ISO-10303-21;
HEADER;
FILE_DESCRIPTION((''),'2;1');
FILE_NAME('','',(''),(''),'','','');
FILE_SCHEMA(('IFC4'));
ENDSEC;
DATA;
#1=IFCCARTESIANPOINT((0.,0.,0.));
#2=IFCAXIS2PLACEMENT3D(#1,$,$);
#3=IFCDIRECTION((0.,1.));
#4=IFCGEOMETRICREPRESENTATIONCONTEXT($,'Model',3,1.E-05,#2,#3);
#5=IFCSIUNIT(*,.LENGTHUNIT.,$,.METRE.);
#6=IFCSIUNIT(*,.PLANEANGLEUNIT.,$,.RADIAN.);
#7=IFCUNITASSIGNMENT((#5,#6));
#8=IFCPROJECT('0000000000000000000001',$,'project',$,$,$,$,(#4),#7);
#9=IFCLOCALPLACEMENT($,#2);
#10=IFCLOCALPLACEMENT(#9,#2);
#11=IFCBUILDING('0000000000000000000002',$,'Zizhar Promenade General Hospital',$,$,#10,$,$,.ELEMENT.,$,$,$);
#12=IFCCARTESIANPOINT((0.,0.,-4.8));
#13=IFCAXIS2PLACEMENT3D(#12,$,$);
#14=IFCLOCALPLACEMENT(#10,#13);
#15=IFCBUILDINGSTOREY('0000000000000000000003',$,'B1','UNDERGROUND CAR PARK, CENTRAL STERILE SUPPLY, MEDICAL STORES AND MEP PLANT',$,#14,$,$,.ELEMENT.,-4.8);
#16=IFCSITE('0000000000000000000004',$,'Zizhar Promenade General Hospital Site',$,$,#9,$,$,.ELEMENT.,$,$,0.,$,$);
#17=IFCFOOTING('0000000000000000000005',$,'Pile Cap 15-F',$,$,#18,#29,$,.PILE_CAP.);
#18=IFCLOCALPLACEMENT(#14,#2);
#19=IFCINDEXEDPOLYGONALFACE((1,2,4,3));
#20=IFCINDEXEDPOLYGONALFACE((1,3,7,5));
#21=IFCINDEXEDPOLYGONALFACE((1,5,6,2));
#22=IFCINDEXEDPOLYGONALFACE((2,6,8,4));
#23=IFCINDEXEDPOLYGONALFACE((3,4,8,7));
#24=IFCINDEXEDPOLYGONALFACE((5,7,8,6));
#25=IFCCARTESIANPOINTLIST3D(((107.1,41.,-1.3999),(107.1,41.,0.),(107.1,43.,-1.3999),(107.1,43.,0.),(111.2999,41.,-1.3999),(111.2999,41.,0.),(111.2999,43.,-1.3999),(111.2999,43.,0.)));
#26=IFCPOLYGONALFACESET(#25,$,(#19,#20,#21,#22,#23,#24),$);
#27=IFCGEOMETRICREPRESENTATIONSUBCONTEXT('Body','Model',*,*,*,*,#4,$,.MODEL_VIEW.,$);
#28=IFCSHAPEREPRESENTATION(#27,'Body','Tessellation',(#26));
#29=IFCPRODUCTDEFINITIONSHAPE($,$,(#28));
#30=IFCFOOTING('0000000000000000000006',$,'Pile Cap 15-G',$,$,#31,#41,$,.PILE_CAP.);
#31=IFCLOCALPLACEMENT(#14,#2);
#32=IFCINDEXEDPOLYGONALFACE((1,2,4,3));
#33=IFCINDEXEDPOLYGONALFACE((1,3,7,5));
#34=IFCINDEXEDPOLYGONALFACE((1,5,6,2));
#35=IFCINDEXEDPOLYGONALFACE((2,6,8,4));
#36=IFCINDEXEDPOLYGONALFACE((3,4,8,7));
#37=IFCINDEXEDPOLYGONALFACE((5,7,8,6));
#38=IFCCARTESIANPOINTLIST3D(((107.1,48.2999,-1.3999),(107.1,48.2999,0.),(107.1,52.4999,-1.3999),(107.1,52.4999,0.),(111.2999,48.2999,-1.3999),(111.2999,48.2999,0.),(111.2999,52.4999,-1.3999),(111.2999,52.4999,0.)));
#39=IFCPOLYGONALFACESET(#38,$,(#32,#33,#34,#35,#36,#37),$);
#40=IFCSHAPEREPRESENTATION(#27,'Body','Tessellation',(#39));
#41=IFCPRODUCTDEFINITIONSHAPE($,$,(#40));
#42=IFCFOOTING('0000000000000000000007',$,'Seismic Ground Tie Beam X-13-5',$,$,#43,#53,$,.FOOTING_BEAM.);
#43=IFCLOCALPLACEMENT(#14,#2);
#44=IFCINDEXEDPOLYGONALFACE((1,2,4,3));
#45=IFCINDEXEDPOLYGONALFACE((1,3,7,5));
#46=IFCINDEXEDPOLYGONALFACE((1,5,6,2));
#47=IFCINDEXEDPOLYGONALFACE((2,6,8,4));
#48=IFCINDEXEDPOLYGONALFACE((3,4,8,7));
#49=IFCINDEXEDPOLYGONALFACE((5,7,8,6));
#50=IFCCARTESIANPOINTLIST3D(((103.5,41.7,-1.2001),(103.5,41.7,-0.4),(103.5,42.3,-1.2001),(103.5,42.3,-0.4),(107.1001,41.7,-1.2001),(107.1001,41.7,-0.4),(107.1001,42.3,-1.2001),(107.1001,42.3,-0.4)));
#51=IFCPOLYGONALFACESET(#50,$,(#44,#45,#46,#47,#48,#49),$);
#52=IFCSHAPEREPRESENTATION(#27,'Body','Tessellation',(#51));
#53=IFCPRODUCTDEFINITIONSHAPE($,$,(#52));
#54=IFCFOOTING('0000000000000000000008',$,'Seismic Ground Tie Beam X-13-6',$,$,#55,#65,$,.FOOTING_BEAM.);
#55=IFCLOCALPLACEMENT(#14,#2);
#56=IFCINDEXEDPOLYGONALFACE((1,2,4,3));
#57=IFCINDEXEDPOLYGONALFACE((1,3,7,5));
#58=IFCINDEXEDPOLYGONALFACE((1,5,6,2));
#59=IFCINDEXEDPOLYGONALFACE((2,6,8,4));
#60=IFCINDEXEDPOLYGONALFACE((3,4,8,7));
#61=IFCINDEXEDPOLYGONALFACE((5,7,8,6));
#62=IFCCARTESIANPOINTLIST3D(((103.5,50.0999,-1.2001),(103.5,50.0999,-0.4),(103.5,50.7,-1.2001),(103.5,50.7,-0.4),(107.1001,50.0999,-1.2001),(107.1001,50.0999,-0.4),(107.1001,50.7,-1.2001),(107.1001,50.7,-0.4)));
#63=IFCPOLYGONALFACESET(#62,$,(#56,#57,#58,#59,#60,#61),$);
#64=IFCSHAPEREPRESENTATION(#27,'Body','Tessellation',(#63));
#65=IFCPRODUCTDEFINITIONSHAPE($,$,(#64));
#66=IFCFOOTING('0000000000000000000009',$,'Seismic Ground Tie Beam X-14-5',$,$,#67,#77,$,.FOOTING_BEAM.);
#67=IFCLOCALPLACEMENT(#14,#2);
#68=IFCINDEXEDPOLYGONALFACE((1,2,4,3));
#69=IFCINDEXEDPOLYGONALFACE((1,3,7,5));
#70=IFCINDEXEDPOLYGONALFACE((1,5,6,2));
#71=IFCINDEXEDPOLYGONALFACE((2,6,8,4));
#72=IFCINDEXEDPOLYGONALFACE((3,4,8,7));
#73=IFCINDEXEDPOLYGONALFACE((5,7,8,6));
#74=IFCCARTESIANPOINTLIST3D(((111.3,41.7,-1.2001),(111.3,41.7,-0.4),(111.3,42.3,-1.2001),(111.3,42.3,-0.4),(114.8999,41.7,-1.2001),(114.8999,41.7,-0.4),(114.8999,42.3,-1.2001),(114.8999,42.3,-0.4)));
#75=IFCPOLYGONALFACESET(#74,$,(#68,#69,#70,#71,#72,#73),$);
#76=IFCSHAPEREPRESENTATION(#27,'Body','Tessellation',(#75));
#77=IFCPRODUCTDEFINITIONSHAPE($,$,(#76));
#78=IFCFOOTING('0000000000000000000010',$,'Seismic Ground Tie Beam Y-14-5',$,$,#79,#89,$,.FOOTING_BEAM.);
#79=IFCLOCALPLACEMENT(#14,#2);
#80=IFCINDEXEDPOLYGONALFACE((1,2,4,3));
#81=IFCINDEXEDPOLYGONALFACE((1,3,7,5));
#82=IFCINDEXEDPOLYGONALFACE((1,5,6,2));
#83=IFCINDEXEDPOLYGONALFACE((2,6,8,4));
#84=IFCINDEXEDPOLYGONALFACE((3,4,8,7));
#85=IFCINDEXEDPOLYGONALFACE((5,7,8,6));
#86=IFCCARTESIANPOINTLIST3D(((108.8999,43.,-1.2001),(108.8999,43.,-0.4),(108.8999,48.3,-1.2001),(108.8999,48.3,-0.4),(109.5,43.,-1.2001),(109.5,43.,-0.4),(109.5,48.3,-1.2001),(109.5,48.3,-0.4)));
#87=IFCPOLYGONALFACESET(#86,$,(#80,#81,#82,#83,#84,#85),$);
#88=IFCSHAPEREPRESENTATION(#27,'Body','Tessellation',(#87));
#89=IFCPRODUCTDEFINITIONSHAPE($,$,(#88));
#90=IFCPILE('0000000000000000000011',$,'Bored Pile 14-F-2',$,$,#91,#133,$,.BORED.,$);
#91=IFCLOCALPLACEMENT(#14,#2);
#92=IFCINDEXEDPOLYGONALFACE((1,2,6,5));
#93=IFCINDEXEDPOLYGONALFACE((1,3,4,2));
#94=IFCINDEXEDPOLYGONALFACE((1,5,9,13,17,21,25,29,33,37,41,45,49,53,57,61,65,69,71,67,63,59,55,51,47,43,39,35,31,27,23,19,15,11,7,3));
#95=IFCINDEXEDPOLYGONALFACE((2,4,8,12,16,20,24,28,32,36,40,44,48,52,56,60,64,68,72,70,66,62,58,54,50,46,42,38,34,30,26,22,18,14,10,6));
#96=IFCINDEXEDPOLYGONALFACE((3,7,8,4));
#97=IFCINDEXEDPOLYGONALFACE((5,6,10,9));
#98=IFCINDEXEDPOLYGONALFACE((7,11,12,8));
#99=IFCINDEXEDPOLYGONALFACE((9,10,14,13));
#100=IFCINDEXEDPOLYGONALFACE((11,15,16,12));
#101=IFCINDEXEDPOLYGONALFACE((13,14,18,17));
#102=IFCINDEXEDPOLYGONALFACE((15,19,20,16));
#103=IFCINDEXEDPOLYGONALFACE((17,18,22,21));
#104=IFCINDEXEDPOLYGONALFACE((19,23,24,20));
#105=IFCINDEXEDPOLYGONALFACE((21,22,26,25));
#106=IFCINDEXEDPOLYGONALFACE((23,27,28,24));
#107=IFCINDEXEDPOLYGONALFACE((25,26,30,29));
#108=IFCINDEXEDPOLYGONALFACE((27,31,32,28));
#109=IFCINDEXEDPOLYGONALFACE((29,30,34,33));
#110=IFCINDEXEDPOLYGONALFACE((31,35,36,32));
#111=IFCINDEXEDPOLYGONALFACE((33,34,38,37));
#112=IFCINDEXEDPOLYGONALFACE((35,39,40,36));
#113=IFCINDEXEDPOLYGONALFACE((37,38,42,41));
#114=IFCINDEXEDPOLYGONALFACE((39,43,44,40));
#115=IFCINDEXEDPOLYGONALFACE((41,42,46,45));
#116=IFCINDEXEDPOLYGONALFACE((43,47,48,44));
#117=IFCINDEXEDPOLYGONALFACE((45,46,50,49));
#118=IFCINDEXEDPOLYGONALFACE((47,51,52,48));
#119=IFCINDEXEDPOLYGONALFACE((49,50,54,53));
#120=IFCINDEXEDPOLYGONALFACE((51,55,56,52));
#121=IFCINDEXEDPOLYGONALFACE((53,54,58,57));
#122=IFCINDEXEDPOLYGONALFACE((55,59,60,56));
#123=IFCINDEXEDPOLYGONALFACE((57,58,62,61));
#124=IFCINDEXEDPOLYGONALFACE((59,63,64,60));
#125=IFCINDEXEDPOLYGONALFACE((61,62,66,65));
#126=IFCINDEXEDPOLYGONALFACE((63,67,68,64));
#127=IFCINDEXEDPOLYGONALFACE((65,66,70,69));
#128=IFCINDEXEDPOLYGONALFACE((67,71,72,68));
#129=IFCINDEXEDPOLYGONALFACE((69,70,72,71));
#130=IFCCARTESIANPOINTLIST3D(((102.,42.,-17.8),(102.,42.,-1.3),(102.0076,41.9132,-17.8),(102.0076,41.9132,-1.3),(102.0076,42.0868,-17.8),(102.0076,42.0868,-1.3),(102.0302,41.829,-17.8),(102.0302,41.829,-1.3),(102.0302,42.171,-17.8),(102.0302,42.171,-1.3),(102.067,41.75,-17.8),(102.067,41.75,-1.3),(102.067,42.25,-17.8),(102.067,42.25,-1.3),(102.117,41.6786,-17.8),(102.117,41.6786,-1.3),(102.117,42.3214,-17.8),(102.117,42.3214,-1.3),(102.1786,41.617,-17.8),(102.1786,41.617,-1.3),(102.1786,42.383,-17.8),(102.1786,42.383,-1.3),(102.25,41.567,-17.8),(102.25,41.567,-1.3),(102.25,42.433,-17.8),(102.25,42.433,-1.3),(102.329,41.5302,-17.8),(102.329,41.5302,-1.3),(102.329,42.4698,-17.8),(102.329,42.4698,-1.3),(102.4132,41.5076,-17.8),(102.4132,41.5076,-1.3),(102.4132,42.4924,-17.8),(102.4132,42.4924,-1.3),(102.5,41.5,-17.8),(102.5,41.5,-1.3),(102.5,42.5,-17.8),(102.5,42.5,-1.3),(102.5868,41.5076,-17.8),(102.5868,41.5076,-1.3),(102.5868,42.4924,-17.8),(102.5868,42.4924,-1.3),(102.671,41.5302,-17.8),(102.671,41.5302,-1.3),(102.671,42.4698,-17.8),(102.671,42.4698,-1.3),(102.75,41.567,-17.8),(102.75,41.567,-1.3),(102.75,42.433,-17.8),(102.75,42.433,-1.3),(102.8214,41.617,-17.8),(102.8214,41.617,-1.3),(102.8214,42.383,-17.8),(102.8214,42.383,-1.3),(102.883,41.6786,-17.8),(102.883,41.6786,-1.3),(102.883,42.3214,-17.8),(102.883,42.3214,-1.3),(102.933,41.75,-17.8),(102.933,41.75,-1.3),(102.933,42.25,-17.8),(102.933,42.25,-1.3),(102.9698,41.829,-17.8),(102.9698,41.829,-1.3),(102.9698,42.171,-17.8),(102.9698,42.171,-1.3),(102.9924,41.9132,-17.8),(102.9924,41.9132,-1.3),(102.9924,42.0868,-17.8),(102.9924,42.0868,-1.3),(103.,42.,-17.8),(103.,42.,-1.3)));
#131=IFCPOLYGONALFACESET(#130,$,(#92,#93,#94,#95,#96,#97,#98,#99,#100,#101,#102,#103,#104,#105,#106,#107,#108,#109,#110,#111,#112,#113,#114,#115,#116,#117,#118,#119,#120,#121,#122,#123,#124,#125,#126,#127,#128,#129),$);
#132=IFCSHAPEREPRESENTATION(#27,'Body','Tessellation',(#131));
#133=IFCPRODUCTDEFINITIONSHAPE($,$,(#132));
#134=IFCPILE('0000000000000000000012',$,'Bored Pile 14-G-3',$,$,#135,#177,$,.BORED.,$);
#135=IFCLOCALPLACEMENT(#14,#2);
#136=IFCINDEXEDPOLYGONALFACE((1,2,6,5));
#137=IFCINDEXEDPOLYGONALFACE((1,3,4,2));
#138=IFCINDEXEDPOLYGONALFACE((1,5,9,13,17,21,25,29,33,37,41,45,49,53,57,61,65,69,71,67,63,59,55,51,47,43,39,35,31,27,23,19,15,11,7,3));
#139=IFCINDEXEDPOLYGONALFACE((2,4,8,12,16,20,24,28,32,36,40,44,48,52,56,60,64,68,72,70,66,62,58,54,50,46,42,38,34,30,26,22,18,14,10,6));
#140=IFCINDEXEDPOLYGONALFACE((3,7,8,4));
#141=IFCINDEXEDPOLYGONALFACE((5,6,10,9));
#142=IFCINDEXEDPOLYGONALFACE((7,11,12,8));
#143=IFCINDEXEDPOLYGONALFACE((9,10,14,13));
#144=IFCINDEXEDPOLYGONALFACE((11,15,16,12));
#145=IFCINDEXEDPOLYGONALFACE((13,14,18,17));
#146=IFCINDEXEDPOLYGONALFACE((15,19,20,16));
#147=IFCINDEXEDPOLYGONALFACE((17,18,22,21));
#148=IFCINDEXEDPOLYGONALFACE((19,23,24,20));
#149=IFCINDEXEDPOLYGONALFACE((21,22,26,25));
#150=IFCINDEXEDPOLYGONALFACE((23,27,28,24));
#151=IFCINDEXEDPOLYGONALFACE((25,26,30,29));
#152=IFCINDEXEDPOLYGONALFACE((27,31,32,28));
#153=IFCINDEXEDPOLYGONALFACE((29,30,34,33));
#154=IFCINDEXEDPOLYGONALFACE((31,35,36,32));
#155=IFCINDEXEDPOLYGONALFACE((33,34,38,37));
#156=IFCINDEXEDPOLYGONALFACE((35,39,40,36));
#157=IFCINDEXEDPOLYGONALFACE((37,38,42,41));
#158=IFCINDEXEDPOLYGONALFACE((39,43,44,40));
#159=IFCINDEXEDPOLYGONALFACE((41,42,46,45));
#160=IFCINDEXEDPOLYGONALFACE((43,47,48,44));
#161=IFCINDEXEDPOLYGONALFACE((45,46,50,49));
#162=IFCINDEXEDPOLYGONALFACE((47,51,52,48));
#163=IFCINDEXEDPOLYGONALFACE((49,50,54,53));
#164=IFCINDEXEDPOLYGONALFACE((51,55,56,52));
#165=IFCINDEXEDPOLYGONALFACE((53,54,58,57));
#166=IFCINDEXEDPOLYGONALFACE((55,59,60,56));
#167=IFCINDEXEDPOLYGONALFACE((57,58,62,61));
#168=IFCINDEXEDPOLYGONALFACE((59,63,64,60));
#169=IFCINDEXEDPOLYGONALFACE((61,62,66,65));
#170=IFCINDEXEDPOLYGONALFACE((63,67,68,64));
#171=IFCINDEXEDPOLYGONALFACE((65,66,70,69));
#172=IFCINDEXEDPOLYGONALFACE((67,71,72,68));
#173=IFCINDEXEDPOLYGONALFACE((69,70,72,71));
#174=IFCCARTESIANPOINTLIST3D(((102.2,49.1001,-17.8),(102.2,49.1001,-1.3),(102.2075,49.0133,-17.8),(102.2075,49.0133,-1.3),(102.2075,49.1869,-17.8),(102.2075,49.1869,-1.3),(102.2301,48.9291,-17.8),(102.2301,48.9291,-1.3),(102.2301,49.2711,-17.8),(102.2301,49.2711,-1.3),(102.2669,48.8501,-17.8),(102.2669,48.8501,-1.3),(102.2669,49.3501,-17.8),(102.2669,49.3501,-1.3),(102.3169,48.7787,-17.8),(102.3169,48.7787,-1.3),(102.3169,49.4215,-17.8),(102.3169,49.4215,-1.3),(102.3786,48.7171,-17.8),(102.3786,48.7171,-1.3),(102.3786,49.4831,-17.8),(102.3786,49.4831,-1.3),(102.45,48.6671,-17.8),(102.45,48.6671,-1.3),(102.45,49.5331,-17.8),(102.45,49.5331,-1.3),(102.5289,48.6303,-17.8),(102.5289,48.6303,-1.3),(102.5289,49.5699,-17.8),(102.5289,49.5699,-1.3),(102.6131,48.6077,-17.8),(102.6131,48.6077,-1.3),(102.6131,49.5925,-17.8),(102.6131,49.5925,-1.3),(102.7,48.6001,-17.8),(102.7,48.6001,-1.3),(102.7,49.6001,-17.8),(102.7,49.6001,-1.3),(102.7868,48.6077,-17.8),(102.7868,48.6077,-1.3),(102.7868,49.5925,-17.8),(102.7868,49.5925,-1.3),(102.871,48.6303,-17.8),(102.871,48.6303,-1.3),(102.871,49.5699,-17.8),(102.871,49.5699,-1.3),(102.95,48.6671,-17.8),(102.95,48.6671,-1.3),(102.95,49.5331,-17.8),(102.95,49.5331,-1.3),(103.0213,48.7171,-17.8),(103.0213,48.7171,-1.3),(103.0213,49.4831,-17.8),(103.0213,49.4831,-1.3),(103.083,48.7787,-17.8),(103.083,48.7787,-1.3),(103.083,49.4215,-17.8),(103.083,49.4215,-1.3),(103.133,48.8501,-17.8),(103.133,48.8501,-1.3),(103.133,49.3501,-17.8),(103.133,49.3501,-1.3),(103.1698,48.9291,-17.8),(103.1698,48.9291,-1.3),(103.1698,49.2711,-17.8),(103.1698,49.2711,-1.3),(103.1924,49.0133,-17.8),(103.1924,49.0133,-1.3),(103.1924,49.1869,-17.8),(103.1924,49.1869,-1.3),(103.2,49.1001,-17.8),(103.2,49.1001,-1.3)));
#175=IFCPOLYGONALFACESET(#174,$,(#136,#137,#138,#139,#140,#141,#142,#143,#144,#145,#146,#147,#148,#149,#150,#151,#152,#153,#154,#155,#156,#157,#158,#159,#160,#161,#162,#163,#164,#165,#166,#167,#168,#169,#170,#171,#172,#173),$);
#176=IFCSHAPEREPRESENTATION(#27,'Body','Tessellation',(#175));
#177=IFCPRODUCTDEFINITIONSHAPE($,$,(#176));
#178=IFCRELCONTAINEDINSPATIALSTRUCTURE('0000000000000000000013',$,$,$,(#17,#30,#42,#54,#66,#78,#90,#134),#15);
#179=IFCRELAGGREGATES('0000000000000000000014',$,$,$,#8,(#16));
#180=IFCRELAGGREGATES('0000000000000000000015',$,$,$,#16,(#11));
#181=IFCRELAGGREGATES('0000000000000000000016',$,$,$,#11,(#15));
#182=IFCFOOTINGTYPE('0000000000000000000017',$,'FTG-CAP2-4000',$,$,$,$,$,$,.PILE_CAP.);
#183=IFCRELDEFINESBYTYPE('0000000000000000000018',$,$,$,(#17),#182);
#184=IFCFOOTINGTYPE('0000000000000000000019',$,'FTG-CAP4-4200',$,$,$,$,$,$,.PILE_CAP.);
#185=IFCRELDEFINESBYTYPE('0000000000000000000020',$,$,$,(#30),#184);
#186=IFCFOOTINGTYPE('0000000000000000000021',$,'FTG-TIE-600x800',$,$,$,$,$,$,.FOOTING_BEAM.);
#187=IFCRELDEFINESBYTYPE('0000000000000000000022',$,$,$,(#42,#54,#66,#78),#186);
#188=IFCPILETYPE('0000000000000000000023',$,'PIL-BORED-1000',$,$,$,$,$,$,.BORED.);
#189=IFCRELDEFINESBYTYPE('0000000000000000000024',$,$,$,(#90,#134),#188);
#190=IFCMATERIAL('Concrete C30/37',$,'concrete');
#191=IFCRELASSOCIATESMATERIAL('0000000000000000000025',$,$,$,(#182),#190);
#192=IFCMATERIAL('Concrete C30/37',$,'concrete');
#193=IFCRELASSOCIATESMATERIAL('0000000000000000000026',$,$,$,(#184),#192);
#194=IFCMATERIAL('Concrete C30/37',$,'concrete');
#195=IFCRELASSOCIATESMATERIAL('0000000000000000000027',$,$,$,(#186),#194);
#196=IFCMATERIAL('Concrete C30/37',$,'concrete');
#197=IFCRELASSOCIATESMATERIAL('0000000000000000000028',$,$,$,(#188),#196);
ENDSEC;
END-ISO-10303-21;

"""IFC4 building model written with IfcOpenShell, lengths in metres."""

from ifc_helpers import new_model, si_unit, direction, frame, origin, origin_2d, place, context, subcontext, project, spatial, rectangle, circle, extrude, material, material_profile, profile_set, type_object, element, save


model = new_model("IFC4")

# Units and contexts
model_context = context("Model", 3, precision=1e-05, world=origin(), true_north=direction((0.0, 1.0)))
body_context = subcontext(model_context, "Body", "Model", "MODEL_VIEW")
ifc_project = project(units=[si_unit("LENGTHUNIT", "METRE"), si_unit("PLANEANGLEUNIT", "RADIAN")], contexts=[model_context])

# Site, building, storey
site_placement = place(None, origin())
site = spatial("IfcSite", under=ifc_project, at=site_placement, Name="Zizhar Promenade General Hospital Site", CompositionType="ELEMENT", RefElevation=0.0)
building_placement = place(site_placement, origin())
building = spatial("IfcBuilding", under=site, at=building_placement, Name="Zizhar Promenade General Hospital", CompositionType="ELEMENT")
storey_placement = place(building_placement, frame((0.0, 0.0, -4.8)))
storey = spatial("IfcBuildingStorey", under=building, at=storey_placement, Name="B1", Description="UNDERGROUND CAR PARK, CENTRAL STERILE SUPPLY, MEDICAL STORES AND MEP PLANT", CompositionType="ELEMENT", Elevation=-4.8)

# Footings
ifc_material_1 = material(Name="Concrete C30/37", Category="concrete")
footing_type_1 = type_object("IfcFootingType", Name="FTG-CAP2-4000", PredefinedType="PILE_CAP", material=ifc_material_1)
footing_1_placement = place(storey_placement, frame((109.2, 42.0, -1.3999), z_axis=(0.0, 0.0, 1.0), x_axis=(1.0, 0.0, 0.0)))
element("IfcFooting", 1, at=footing_1_placement, inside=storey, type_object=footing_type_1, Name="Pile Cap 15-F", PredefinedType="PILE_CAP", context=body_context, shape_type="SweptSolid", body=[
    extrude(rectangle(XDim=4.2, YDim=2.0, at=origin_2d()), origin(), (0.0, 0.0, 1.0), 1.3999),
])
ifc_material_2 = material(Name="Concrete C30/37", Category="concrete")
footing_type_2 = type_object("IfcFootingType", Name="FTG-CAP4-4200", PredefinedType="PILE_CAP", material=ifc_material_2)
footing_2_placement = place(storey_placement, frame((109.2, 50.3999, -1.3999), z_axis=(0.0, 0.0, 1.0), x_axis=(1.0, 0.0, 0.0)))
element("IfcFooting", 2, at=footing_2_placement, inside=storey, type_object=footing_type_2, Name="Pile Cap 15-G", PredefinedType="PILE_CAP", context=body_context, shape_type="SweptSolid", body=[
    extrude(rectangle(XDim=4.2, YDim=4.2, at=origin_2d()), origin(), (0.0, 0.0, 1.0), 1.3999),
])
ifc_material_3 = material(Name="Concrete C30/37", Category="concrete")
ifc_material_profile_1 = material_profile(ifc_material_3, rectangle(XDim=0.6001, YDim=0.8, at=origin_2d()))
ifc_profile_set_1 = profile_set([ifc_material_profile_1], Name="Concrete C30/37")
footing_type_3 = type_object("IfcFootingType", Name="FTG-TIE-600x800", PredefinedType="FOOTING_BEAM", material=ifc_profile_set_1)
for number, where, z_axis, x_axis, name in (
    (3, (103.5, 42.0, -0.8), (1.0, 0.0, 0.0), (0.0, 1.0, 0.0), "Seismic Ground Tie Beam X-13-5"),
    (4, (103.5, 50.3999, -0.8), (1.0, 0.0, 0.0), (0.0, 1.0, 0.0), "Seismic Ground Tie Beam X-13-6"),
):
    element("IfcFooting", number, at=place(storey_placement, frame(where, z_axis=z_axis, x_axis=x_axis)), inside=storey, type_object=footing_type_3, Name=name, PredefinedType="FOOTING_BEAM", context=body_context, shape_type="SweptSolid", body=[
        extrude(rectangle(XDim=0.6001, YDim=0.8, at=origin_2d()), origin(), (0.0, 0.0, 1.0), 3.6001),
    ])
footing_3_placement = place(storey_placement, frame((111.3, 42.0, -0.8), z_axis=(1.0, 0.0, 0.0), x_axis=(0.0, 1.0, 0.0)))
element("IfcFooting", 5, at=footing_3_placement, inside=storey, type_object=footing_type_3, Name="Seismic Ground Tie Beam X-14-5", PredefinedType="FOOTING_BEAM", context=body_context, shape_type="SweptSolid", body=[
    extrude(rectangle(XDim=0.6001, YDim=0.8, at=origin_2d()), origin(), (0.0, 0.0, 1.0), 3.5999),
])
footing_4_placement = place(storey_placement, frame((109.2, 43.0, -0.8), z_axis=(0.0, 1.0, 0.0), x_axis=(-1.0, 0.0, 0.0)))
element("IfcFooting", 6, at=footing_4_placement, inside=storey, type_object=footing_type_3, Name="Seismic Ground Tie Beam Y-14-5", PredefinedType="FOOTING_BEAM", context=body_context, shape_type="SweptSolid", body=[
    extrude(rectangle(XDim=0.6001, YDim=0.8, at=origin_2d()), origin(), (0.0, 0.0, 1.0), 5.3),
])

# Piles
ifc_material_4 = material(Name="Concrete C30/37", Category="concrete")
ifc_material_profile_2 = material_profile(ifc_material_4, circle(Radius=0.5, at=origin_2d()))
ifc_profile_set_2 = profile_set([ifc_material_profile_2], Name="Concrete C30/37")
pile_type = type_object("IfcPileType", Name="PIL-BORED-1000", PredefinedType="BORED", material=ifc_profile_set_2)
for number, where, z_axis, x_axis, name in (
    (7, (102.5, 42.0, -1.3), (0.0, 0.0, -1.0), (1.0, 0.0, 0.0), "Bored Pile 14-F-2"),
    (8, (102.7, 49.1001, -1.3), (0.0, 0.0, -1.0), (1.0, 0.0, 0.0), "Bored Pile 14-G-3"),
):
    element("IfcPile", number, at=place(storey_placement, frame(where, z_axis=z_axis, x_axis=x_axis)), inside=storey, type_object=pile_type, Name=name, PredefinedType="BORED", context=body_context, shape_type="SweptSolid", body=[
        extrude(circle(Radius=0.5, at=origin_2d()), origin(), (0.0, 0.0, 1.0), 16.5),
    ])

save(model, "model.ifc")
